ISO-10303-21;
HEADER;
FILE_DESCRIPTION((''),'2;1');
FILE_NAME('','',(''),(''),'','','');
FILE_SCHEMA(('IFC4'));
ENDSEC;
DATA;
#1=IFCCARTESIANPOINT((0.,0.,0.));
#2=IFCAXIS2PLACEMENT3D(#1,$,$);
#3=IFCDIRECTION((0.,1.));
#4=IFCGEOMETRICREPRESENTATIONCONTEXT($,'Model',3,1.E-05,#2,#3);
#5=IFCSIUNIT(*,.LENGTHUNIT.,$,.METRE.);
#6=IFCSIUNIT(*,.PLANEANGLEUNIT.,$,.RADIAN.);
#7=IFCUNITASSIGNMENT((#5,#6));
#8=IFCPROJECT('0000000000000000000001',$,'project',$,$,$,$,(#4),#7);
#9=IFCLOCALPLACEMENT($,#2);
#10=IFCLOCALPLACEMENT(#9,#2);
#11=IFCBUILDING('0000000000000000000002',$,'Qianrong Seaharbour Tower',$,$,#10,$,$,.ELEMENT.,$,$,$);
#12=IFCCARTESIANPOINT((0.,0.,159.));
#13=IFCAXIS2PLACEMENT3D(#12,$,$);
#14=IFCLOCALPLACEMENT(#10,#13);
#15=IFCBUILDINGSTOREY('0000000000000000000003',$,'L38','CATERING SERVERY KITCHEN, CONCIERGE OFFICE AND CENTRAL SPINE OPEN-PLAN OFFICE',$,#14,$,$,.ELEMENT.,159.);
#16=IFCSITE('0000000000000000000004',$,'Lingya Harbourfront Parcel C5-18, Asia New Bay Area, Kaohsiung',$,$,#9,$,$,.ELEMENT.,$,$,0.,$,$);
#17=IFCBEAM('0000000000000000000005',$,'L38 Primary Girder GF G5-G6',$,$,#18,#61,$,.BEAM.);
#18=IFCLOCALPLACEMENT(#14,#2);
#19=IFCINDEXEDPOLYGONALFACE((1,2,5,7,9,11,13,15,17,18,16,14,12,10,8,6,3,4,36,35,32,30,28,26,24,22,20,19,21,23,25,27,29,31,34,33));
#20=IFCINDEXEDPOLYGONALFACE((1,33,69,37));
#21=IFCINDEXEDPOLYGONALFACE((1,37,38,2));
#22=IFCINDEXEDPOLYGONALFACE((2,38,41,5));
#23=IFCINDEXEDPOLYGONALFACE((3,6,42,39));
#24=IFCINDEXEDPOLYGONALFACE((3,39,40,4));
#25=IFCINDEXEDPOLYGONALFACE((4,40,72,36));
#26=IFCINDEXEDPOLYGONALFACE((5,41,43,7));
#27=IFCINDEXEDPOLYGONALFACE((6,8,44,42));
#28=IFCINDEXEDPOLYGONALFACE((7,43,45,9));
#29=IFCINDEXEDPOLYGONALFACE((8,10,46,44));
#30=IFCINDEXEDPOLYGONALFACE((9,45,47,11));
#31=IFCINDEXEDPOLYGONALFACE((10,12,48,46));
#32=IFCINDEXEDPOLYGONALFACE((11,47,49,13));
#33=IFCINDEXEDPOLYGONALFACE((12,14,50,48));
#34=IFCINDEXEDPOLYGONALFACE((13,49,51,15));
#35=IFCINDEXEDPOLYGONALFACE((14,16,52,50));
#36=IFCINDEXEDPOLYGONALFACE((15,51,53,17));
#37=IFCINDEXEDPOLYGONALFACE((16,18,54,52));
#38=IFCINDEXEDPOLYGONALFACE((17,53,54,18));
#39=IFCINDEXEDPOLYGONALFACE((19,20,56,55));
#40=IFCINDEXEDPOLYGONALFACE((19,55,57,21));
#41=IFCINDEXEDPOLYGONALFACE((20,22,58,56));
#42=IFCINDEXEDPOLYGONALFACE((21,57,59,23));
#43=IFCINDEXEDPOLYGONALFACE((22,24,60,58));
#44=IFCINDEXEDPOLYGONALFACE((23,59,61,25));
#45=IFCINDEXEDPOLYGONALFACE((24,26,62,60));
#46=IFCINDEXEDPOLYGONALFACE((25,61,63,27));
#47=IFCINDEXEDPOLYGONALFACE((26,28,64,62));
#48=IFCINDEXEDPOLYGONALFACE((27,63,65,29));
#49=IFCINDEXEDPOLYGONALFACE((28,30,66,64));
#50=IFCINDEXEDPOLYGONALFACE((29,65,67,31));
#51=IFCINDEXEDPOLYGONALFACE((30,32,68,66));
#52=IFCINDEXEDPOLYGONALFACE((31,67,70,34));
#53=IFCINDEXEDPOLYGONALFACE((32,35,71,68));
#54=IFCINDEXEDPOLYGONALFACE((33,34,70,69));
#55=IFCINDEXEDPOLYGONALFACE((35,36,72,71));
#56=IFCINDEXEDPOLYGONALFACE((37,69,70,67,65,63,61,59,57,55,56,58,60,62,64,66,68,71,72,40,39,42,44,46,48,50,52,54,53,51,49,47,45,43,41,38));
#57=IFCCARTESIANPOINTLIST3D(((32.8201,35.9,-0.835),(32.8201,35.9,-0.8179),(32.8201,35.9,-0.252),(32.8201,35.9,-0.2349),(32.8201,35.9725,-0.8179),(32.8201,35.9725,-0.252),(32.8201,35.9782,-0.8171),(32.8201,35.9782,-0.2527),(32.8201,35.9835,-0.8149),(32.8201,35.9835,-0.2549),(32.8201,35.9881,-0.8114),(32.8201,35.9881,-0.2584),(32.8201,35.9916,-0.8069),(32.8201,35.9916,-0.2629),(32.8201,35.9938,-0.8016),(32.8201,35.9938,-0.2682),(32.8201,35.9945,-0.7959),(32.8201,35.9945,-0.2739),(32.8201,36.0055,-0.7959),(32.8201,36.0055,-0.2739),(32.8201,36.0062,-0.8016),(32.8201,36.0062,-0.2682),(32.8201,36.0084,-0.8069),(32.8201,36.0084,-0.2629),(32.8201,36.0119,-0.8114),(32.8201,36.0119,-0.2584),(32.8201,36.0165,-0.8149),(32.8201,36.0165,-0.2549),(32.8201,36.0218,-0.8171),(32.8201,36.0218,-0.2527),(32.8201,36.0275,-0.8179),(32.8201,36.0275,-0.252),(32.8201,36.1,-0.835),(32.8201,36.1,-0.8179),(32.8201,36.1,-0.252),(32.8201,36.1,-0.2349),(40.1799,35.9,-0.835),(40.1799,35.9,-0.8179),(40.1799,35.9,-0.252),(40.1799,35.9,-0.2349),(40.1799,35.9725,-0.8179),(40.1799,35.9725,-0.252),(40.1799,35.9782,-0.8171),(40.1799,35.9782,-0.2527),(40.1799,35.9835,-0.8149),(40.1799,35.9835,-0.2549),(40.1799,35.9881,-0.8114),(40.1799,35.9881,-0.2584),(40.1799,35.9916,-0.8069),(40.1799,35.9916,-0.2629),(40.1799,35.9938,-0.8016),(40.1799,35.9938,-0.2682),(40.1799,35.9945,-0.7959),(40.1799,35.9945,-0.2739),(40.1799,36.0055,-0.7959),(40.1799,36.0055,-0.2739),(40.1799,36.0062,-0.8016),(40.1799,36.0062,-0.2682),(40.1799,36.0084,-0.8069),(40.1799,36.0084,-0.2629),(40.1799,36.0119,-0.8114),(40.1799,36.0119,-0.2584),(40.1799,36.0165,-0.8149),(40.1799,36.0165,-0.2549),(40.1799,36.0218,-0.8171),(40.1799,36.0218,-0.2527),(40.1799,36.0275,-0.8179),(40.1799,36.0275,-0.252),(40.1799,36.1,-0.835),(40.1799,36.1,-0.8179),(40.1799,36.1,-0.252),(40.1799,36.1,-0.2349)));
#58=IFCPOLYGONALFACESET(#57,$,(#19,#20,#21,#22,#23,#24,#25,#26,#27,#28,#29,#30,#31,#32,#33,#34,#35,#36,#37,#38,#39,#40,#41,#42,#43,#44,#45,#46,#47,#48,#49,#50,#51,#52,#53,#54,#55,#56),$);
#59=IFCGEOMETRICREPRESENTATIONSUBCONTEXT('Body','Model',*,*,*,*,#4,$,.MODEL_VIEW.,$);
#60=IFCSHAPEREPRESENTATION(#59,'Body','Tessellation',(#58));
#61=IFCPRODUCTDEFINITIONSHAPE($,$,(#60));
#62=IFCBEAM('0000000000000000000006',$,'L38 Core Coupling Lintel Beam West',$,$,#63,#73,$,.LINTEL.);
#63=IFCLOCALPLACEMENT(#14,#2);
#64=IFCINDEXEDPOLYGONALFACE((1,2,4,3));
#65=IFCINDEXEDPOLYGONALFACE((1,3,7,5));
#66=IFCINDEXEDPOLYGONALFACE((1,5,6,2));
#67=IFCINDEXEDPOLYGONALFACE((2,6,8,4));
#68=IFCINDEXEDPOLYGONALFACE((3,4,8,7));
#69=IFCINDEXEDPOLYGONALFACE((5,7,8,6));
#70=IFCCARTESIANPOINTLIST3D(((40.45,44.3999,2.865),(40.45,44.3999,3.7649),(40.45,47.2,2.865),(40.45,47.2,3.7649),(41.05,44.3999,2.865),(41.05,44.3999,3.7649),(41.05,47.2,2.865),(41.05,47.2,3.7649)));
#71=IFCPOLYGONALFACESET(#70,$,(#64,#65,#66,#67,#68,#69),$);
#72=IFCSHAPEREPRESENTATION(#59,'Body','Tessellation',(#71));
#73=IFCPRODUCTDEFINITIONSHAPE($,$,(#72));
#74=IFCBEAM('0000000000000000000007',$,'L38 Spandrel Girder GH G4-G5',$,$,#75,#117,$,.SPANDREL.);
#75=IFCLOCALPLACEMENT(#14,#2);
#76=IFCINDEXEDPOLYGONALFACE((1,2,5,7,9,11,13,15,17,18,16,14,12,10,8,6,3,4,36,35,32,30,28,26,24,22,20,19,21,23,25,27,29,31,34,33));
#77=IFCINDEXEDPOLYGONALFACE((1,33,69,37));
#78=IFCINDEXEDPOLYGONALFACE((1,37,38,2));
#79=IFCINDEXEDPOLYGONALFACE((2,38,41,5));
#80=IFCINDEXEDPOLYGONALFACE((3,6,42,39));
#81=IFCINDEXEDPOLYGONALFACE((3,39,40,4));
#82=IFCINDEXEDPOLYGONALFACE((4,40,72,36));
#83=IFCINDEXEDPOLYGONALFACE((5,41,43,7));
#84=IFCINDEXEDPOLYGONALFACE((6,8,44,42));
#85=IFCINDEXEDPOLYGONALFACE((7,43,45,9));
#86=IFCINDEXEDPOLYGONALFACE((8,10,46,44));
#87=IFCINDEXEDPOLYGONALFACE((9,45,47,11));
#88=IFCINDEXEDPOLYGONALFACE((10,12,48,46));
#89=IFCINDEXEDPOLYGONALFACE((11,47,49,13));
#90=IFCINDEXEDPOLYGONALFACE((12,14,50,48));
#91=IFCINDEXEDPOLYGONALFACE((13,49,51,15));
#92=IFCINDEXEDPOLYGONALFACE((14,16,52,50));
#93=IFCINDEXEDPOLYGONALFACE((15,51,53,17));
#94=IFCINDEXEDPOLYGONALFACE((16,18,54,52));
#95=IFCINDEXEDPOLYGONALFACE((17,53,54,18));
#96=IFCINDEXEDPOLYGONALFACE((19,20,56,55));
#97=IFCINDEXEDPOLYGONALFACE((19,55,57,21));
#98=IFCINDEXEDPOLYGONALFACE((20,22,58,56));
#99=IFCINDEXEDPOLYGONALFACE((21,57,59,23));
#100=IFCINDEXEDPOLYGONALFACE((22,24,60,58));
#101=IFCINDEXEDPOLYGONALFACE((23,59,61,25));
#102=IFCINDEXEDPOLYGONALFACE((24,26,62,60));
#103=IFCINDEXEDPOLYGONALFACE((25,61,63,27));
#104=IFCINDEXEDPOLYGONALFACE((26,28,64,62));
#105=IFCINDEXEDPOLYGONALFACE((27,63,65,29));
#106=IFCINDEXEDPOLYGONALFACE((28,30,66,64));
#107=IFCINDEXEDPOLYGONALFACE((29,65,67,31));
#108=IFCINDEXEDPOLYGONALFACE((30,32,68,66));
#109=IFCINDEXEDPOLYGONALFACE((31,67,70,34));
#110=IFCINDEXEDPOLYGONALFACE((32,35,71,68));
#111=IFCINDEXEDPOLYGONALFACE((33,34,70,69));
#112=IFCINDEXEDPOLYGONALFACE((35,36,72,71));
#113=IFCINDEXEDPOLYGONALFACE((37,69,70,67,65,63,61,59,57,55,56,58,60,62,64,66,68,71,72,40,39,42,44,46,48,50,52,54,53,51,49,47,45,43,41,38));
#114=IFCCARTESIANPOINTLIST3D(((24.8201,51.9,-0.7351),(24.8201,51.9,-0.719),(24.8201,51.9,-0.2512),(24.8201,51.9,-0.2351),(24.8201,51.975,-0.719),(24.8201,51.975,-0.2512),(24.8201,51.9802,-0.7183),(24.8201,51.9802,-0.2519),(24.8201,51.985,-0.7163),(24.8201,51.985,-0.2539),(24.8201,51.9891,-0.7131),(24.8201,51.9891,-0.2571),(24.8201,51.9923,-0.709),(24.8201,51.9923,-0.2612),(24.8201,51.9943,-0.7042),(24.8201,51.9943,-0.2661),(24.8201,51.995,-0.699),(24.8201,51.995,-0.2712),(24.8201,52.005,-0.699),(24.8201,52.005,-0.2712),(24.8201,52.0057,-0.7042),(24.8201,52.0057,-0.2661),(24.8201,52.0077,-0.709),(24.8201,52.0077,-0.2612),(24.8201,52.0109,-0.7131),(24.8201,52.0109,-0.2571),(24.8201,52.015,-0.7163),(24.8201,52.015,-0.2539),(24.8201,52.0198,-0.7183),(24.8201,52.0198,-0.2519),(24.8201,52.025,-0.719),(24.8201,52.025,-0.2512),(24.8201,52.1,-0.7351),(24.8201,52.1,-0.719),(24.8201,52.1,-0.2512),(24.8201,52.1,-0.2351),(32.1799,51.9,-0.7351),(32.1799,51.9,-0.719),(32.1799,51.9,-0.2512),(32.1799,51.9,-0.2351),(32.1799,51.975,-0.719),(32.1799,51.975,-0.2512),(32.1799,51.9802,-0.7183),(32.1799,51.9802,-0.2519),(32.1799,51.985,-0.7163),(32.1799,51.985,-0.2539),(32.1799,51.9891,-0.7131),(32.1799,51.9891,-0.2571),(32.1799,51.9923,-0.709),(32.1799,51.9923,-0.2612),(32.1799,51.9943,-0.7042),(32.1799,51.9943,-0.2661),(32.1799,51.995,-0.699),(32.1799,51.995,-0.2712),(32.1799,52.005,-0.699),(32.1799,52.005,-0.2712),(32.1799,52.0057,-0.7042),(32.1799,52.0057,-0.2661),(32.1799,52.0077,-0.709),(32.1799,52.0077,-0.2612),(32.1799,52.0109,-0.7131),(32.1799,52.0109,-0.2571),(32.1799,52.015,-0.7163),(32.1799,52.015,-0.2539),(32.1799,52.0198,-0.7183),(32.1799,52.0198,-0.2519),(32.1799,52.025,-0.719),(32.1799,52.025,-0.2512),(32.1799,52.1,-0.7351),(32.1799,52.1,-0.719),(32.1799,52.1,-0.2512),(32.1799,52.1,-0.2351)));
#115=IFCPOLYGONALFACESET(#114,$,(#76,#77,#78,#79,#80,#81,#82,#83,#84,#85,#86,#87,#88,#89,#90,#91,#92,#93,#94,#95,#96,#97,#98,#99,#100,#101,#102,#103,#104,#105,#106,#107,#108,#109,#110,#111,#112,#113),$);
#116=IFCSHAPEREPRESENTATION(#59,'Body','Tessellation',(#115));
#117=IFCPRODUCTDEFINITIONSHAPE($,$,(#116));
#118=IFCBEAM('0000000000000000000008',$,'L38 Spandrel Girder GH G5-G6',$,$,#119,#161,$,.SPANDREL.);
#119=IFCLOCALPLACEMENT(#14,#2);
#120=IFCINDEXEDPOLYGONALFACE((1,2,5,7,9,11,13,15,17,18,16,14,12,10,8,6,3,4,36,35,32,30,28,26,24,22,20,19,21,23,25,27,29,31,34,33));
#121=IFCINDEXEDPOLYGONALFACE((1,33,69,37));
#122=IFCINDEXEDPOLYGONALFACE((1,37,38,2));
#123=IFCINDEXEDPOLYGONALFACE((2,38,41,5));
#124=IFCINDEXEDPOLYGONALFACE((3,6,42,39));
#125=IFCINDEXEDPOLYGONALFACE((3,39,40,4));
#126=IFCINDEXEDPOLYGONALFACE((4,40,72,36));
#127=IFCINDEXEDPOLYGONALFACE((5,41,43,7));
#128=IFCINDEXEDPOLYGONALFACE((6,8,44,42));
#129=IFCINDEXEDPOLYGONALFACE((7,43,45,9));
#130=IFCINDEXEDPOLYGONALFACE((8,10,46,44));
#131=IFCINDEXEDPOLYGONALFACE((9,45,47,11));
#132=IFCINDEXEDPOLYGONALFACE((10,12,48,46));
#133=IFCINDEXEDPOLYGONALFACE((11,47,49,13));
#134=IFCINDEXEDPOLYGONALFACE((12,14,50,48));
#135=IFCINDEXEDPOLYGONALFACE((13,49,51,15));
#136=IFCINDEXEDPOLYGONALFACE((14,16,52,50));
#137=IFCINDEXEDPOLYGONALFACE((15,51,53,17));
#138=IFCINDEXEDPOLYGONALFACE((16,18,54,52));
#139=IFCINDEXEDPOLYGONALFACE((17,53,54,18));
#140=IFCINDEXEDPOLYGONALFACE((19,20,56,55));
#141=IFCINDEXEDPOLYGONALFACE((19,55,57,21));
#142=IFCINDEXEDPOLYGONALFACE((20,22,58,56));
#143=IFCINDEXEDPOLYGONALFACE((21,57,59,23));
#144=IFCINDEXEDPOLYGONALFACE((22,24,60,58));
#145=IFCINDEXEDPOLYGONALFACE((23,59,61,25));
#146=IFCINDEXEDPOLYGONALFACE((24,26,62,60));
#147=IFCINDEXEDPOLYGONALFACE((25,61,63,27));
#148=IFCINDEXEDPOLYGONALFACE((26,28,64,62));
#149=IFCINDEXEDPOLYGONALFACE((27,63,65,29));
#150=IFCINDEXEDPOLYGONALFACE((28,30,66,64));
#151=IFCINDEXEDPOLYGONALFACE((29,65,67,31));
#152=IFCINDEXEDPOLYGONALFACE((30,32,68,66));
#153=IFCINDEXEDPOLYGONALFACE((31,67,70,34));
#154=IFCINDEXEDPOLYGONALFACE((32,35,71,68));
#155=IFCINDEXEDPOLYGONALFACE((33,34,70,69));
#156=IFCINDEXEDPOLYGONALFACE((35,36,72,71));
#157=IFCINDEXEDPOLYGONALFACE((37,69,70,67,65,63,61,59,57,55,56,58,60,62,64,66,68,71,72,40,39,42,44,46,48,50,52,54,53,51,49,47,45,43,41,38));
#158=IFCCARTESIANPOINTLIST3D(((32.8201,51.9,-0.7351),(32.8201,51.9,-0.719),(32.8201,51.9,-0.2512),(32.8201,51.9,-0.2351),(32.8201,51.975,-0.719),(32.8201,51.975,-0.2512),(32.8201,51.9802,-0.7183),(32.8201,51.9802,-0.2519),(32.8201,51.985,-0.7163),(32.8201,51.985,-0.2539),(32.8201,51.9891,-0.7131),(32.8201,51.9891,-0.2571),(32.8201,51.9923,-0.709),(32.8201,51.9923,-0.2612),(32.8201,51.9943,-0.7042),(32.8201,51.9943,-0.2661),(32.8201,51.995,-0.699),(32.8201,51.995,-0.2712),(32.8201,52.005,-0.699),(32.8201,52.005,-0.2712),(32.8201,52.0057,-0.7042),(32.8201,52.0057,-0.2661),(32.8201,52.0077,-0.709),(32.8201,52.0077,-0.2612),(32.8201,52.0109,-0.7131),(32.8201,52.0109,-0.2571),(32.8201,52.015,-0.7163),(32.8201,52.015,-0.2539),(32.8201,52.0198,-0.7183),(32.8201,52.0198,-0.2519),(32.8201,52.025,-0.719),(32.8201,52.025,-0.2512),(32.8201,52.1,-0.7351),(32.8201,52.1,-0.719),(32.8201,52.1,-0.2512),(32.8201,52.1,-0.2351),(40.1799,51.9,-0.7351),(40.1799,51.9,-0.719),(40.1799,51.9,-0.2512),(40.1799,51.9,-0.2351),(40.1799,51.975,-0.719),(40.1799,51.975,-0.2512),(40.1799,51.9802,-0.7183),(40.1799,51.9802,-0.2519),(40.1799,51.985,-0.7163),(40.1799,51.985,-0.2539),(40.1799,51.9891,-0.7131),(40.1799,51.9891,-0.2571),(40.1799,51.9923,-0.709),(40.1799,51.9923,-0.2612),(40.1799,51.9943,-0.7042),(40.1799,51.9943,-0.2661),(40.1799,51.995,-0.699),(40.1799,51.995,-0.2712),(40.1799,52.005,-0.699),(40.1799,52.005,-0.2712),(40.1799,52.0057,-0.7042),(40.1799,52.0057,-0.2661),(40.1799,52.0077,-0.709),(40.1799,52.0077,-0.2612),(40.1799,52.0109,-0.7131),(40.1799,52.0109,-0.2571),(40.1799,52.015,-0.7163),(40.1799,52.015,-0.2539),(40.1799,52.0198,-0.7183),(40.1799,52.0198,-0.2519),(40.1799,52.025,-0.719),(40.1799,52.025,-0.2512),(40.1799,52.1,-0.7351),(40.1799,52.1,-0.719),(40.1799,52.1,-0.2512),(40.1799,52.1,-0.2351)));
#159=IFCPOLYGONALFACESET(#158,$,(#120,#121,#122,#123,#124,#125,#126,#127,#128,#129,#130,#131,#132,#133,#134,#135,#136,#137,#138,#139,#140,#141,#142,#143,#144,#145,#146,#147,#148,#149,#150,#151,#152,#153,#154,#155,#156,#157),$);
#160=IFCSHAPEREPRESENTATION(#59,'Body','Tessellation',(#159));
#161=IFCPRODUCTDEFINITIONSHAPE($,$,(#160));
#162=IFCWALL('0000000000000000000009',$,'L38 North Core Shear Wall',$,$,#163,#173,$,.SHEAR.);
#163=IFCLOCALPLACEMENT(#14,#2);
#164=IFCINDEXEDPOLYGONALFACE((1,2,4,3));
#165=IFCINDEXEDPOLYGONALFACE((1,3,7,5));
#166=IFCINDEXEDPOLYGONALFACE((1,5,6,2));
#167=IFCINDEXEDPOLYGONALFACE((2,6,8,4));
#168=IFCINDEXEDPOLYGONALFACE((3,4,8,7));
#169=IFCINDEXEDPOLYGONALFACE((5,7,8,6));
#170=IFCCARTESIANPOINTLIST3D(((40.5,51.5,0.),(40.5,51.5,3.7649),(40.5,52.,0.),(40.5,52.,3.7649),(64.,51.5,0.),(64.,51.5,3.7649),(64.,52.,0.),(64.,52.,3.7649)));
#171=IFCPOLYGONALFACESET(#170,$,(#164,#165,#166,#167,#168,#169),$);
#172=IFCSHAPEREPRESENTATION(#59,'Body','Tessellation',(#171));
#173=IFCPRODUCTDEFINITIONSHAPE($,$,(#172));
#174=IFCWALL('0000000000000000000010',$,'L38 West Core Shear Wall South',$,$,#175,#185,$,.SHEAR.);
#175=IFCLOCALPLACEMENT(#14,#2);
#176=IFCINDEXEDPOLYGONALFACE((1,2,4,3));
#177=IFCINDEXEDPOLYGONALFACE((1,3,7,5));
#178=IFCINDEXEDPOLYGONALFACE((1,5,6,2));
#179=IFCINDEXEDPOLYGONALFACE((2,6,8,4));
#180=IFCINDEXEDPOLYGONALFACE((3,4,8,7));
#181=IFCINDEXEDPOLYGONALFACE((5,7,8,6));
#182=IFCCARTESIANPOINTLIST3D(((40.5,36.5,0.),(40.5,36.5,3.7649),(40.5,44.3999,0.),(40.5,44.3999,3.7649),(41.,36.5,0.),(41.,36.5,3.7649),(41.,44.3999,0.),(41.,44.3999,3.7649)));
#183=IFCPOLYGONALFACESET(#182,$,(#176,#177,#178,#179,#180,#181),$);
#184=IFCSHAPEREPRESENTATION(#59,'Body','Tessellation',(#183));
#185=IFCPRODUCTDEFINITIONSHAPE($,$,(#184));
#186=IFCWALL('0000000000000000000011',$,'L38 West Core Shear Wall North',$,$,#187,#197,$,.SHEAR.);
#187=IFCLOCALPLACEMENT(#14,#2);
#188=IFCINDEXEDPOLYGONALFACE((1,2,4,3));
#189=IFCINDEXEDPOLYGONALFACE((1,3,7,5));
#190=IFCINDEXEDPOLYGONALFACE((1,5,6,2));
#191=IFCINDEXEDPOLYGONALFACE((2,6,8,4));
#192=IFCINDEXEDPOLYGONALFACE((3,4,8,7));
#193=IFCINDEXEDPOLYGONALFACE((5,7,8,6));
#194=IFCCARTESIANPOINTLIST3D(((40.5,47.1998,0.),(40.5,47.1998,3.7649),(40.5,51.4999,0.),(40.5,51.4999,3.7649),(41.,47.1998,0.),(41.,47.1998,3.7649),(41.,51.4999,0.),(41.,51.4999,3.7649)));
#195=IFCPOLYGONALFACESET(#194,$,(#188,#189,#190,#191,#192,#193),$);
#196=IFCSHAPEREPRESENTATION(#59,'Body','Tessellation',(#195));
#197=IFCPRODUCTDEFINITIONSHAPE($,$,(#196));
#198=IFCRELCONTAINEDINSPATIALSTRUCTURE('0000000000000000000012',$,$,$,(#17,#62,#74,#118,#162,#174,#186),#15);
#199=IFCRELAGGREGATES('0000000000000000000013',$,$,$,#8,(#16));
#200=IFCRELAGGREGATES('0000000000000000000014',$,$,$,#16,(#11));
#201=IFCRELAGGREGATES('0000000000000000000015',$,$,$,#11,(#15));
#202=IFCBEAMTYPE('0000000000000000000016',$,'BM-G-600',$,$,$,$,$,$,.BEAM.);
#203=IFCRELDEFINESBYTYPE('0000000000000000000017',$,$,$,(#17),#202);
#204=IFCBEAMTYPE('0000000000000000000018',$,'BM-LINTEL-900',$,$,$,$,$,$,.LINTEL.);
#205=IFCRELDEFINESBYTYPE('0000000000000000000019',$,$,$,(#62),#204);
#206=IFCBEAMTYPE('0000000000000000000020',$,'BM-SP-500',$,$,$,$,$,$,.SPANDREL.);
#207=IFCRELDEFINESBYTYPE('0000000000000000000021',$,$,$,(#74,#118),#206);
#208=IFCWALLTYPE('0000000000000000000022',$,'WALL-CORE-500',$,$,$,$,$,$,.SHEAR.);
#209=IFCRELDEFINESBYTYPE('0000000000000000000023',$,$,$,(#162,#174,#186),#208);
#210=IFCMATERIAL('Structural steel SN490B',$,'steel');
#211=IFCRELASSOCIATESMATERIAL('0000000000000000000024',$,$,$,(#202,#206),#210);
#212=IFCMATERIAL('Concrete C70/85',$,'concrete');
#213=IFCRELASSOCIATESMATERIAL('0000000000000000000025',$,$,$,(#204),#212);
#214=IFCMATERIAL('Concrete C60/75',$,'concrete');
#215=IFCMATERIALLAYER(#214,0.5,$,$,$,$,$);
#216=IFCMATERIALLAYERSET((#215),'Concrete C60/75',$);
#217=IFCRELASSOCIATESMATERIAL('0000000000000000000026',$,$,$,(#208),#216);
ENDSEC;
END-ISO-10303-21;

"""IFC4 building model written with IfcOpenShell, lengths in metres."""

from ifc_helpers import new_model, si_unit, direction, frame, frame_2d, origin, origin_2d, place, context, subcontext, project, spatial, rectangle, i_section, extrude, material, layer, layer_set, material_profile, profile_set, type_object, element, save


model = new_model("IFC4")

# Units and contexts
model_context = context("Model", 3, precision=1e-05, world=origin(), true_north=direction((0.0, 1.0)))
body_context = subcontext(model_context, "Body", "Model", "MODEL_VIEW")
ifc_project = project(units=[si_unit("LENGTHUNIT", "METRE"), si_unit("PLANEANGLEUNIT", "RADIAN")], contexts=[model_context])

# Site, building, storey
site_placement = place(None, origin())
site = spatial("IfcSite", under=ifc_project, at=site_placement, Name="Lingya Harbourfront Parcel C5-18, Asia New Bay Area, Kaohsiung", CompositionType="ELEMENT", RefElevation=0.0)
building_placement = place(site_placement, origin())
building = spatial("IfcBuilding", under=site, at=building_placement, Name="Qianrong Seaharbour Tower", CompositionType="ELEMENT")
storey_placement = place(building_placement, frame((0.0, 0.0, 159.0)))
storey = spatial("IfcBuildingStorey", under=building, at=storey_placement, Name="L38", Description="CATERING SERVERY KITCHEN, CONCIERGE OFFICE AND CENTRAL SPINE OPEN-PLAN OFFICE", CompositionType="ELEMENT", Elevation=159.0)

# Shared definitions
ifc_material_1 = material(Name="Structural steel SN490B", Category="steel")

# Beams
ifc_material_profile_1 = material_profile(ifc_material_1, i_section(OverallWidth=0.2, OverallDepth=0.6001, WebThickness=0.011, FlangeThickness=0.0171, FilletRadius=0.022, at=origin_2d()), Name="H600x200x11x17")
ifc_profile_set_1 = profile_set([ifc_material_profile_1], Name="Structural steel SN490B")
beam_type_1 = type_object("IfcBeamType", Name="BM-G-600", PredefinedType="BEAM", material=ifc_profile_set_1)
beam_1_placement = place(storey_placement, frame((32.8201, 36.0, -0.5349), z_axis=(1.0, 0.0, 0.0), x_axis=(0.0, 1.0, 0.0)))
element("IfcBeam", 1, at=beam_1_placement, inside=storey, type_object=beam_type_1, Name="L38 Primary Girder GF G5-G6", PredefinedType="BEAM", context=body_context, shape_type="SweptSolid", body=[
    extrude(i_section(OverallWidth=0.2, OverallDepth=0.6001, WebThickness=0.011, FlangeThickness=0.0171, FilletRadius=0.022, at=origin_2d()), origin(), (0.0, 0.0, 1.0), 7.3599),
])
ifc_material_2 = material(Name="Concrete C70/85", Category="concrete")
ifc_material_profile_2 = material_profile(ifc_material_2, rectangle(XDim=0.6001, YDim=0.8999, at=origin_2d()), Name="RC600x900")
ifc_profile_set_2 = profile_set([ifc_material_profile_2], Name="Concrete C70/85")
beam_type_2 = type_object("IfcBeamType", Name="BM-LINTEL-900", PredefinedType="LINTEL", material=ifc_profile_set_2)
beam_2_placement = place(storey_placement, frame((40.75, 44.3999, 3.3149), z_axis=(0.0, 1.0, 0.0), x_axis=(-1.0, 0.0, 0.0)))
element("IfcBeam", 2, at=beam_2_placement, inside=storey, type_object=beam_type_2, Name="L38 Core Coupling Lintel Beam West", PredefinedType="LINTEL", context=body_context, shape_type="SweptSolid", body=[
    extrude(rectangle(XDim=0.6001, YDim=0.8999, at=origin_2d()), origin(), (0.0, 0.0, 1.0), 2.8),
])
ifc_material_profile_3 = material_profile(ifc_material_1, i_section(OverallWidth=0.2, OverallDepth=0.5, WebThickness=0.01, FlangeThickness=0.0161, FilletRadius=0.02, at=origin_2d()), Name="H500x200x10x16")
ifc_profile_set_3 = profile_set([ifc_material_profile_3], Name="Structural steel SN490B")
beam_type_3 = type_object("IfcBeamType", Name="BM-SP-500", PredefinedType="SPANDREL", material=ifc_profile_set_3)
for number, where, z_axis, x_axis, name in (
    (3, (24.8201, 52.0, -0.4851), (1.0, 0.0, 0.0), (0.0, 1.0, 0.0), "L38 Spandrel Girder GH G4-G5"),
    (4, (32.8201, 52.0, -0.4851), (1.0, 0.0, 0.0), (0.0, 1.0, 0.0), "L38 Spandrel Girder GH G5-G6"),
):
    element("IfcBeam", number, at=place(storey_placement, frame(where, z_axis=z_axis, x_axis=x_axis)), inside=storey, type_object=beam_type_3, Name=name, PredefinedType="SPANDREL", context=body_context, shape_type="SweptSolid", body=[
        extrude(i_section(OverallWidth=0.2, OverallDepth=0.5, WebThickness=0.01, FlangeThickness=0.0161, FilletRadius=0.02, at=origin_2d()), origin(), (0.0, 0.0, 1.0), 7.3599),
    ])

# Walls
ifc_material_3 = material(Name="Concrete C60/75", Category="concrete")
ifc_layer_1 = layer(ifc_material_3, 0.5)
ifc_layer_set_1 = layer_set([ifc_layer_1], Name="Concrete C60/75")
wall_type_1 = type_object("IfcWallType", Name="WALL-CORE-500", PredefinedType="SHEAR", material=ifc_layer_set_1)
wall_1_placement = place(storey_placement, frame((40.5, 51.75, 0.0), z_axis=(0.0, 0.0, 1.0), x_axis=(1.0, 0.0, 0.0)))
element("IfcWall", 5, at=wall_1_placement, inside=storey, type_object=wall_type_1, Name="L38 North Core Shear Wall", PredefinedType="SHEAR", context=body_context, shape_type="SweptSolid", body=[
    extrude(rectangle(XDim=23.5, YDim=0.5, at=frame_2d((11.75, 0.0))), origin(), (0.0, 0.0, 1.0), 3.7649),
])
wall_2_placement = place(storey_placement, frame((40.75, 36.5, 0.0), z_axis=(0.0, 0.0, 1.0), x_axis=(0.0, 1.0, 0.0)))
element("IfcWall", 6, at=wall_2_placement, inside=storey, type_object=wall_type_1, Name="L38 West Core Shear Wall South", PredefinedType="SHEAR", context=body_context, shape_type="SweptSolid", body=[
    extrude(rectangle(XDim=7.8999, YDim=0.5, at=frame_2d((3.95, 0.0))), origin(), (0.0, 0.0, 1.0), 3.7649),
])
wall_3_placement = place(storey_placement, frame((40.75, 47.2, 0.0), z_axis=(0.0, 0.0, 1.0), x_axis=(0.0, 1.0, 0.0)))
element("IfcWall", 7, at=wall_3_placement, inside=storey, type_object=wall_type_1, Name="L38 West Core Shear Wall North", PredefinedType="SHEAR", context=body_context, shape_type="SweptSolid", body=[
    extrude(rectangle(XDim=4.3, YDim=0.5, at=frame_2d((2.1499, 0.0))), origin(), (0.0, 0.0, 1.0), 3.7649),
])

save(model, "model.ifc")
